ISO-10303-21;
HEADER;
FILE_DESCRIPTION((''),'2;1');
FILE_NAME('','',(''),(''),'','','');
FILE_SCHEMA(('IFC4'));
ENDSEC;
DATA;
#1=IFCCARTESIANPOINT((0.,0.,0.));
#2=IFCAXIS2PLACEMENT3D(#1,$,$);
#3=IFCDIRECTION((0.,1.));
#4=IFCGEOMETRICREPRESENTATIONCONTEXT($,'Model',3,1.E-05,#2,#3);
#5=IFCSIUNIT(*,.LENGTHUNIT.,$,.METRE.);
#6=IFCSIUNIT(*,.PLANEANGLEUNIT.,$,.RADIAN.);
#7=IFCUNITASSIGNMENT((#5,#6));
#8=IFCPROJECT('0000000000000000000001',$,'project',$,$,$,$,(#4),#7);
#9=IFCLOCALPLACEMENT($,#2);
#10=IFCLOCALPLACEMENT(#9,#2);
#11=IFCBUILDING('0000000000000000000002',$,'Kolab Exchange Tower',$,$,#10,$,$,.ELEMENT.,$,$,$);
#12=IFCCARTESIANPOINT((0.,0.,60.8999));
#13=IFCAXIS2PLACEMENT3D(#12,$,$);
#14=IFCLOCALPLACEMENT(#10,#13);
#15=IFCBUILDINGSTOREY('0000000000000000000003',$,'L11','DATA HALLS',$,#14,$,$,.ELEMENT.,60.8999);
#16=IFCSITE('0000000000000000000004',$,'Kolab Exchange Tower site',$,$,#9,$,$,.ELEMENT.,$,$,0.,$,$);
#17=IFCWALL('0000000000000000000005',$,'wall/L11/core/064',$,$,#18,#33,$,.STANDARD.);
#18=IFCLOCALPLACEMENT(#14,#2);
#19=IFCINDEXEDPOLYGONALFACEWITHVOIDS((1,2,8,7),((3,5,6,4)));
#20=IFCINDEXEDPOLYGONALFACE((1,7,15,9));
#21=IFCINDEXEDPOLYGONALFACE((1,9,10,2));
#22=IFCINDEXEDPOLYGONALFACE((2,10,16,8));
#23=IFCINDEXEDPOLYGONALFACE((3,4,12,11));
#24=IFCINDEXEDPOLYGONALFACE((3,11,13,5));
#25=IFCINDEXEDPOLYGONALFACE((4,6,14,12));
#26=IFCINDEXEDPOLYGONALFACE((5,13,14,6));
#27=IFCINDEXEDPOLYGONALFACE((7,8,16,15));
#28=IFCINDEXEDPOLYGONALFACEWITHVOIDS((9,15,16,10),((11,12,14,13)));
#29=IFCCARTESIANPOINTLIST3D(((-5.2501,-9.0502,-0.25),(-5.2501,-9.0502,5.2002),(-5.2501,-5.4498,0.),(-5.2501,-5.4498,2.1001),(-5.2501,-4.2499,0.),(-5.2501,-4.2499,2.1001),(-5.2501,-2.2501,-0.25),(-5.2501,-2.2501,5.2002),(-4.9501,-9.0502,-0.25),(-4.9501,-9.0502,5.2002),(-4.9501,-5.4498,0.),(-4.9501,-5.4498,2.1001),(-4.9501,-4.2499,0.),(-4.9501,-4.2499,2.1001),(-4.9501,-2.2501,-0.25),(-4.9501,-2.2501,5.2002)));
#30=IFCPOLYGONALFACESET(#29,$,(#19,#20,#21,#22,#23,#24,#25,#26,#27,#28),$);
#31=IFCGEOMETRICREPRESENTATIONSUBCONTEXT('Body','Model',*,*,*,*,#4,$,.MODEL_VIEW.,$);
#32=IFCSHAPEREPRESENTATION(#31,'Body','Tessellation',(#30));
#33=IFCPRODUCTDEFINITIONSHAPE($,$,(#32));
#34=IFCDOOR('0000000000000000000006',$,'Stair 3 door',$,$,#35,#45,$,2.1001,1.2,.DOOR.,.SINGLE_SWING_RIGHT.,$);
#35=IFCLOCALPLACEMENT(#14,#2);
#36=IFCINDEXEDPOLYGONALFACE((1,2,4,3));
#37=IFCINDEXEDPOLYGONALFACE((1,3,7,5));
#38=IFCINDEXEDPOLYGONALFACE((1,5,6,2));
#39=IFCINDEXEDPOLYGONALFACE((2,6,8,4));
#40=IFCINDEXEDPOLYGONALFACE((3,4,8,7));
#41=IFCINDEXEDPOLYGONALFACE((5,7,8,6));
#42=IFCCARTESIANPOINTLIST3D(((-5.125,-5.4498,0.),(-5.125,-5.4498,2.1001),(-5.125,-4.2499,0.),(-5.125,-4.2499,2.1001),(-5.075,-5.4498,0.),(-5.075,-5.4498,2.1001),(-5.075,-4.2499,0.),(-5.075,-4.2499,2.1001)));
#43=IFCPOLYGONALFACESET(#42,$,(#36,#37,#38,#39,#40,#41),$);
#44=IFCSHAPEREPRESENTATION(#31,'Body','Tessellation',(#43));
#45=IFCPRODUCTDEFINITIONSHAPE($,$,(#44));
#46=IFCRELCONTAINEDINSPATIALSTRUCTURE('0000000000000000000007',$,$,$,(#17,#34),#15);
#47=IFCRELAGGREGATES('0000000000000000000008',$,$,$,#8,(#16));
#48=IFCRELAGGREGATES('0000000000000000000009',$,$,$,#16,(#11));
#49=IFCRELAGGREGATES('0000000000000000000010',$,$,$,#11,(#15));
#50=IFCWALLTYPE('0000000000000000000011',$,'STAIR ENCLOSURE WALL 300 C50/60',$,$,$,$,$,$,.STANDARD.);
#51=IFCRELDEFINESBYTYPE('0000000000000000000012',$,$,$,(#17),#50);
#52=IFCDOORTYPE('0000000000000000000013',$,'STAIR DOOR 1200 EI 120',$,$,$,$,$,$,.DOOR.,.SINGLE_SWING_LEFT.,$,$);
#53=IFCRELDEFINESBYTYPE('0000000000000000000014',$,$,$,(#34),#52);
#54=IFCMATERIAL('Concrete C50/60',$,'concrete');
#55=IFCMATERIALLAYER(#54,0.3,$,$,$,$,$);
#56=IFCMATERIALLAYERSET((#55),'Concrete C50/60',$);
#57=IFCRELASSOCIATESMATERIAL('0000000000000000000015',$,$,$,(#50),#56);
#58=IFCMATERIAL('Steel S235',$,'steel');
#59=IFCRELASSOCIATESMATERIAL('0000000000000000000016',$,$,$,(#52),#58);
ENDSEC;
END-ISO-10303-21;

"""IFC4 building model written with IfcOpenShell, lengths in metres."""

from ifc_helpers import new_model, si_unit, direction, frame, frame_2d, origin, place, context, subcontext, project, spatial, rectangle, extrude, material, layer, layer_set, type_object, element, fill, save


model = new_model("IFC4")

# Units and contexts
model_context = context("Model", 3, precision=1e-05, world=origin(), true_north=direction((0.0, 1.0)))
body_context = subcontext(model_context, "Body", "Model", "MODEL_VIEW")
ifc_project = project(units=[si_unit("LENGTHUNIT", "METRE"), si_unit("PLANEANGLEUNIT", "RADIAN")], contexts=[model_context])

# Site, building, storey
site_placement = place(None, origin())
site = spatial("IfcSite", under=ifc_project, at=site_placement, Name="Kolab Exchange Tower site", CompositionType="ELEMENT", RefElevation=0.0)
building_placement = place(site_placement, origin())
building = spatial("IfcBuilding", under=site, at=building_placement, Name="Kolab Exchange Tower", CompositionType="ELEMENT")
storey_placement = place(building_placement, frame((0.0, 0.0, 60.8999)))
storey = spatial("IfcBuildingStorey", under=building, at=storey_placement, Name="L11", Description="DATA HALLS", CompositionType="ELEMENT", Elevation=60.8999)

# Shared definitions
ifc_material_1 = material(Name="Steel S235", Category="steel")

# Shared definitions
ifc_material_2 = material(Name="Concrete C50/60", Category="concrete")
ifc_layer_1 = layer(ifc_material_2, 0.3)
ifc_layer_set_1 = layer_set([ifc_layer_1], Name="Concrete C50/60")
wall_type_1 = type_object("IfcWallType", Name="STAIR ENCLOSURE WALL 300 C50/60", PredefinedType="STANDARD", material=ifc_layer_set_1)

# Wall, opening, door
wall_1_placement = place(storey_placement, frame((-5.1001, -9.05, -0.25), z_axis=(0.0, 0.0, 1.0), x_axis=(0.0, 1.0, 0.0)))
wall_1 = element("IfcWall", 1, at=wall_1_placement, inside=storey, type_object=wall_type_1, Name="wall/L11/core/064", PredefinedType="STANDARD", context=body_context, shape_type="SweptSolid", body=[
    extrude(rectangle(XDim=6.8, YDim=0.3, at=frame_2d((3.3999, 0.0))), origin(), (0.0, 0.0, 1.0), 5.4502),
])
opening_1_placement = place(wall_1_placement, frame((3.6001, 0.0, 0.25)))
opening_1 = element("IfcOpeningElement", 2, at=opening_1_placement, cuts=wall_1, PredefinedType="OPENING", context=body_context, shape_type="SweptSolid", body=[
    extrude(rectangle(XDim=1.2, YDim=2.1001, at=frame_2d((0.6001, 1.05))), frame((0.0, 0.1602, 0.0), z_axis=(0.0, -1.0, 0.0), x_axis=(1.0, 0.0, 0.0)), (0.0, 0.0, 1.0), 0.3201),
])
door_type_1 = type_object("IfcDoorType", Name="STAIR DOOR 1200 EI 120", OperationType="SINGLE_SWING_LEFT", PredefinedType="DOOR", material=ifc_material_1)
door_1_placement = place(opening_1_placement, origin())
door_1 = element("IfcDoor", 3, at=door_1_placement, inside=storey, type_object=door_type_1, Name="Stair 3 door", OperationType="SINGLE_SWING_RIGHT", OverallHeight=2.1001, OverallWidth=1.2, PredefinedType="DOOR", context=body_context, shape_type="SweptSolid", body=[
    extrude(rectangle(XDim=1.2, YDim=2.1001, at=frame_2d((0.6001, 1.05))), frame((0.0, 0.0249, 0.0), z_axis=(0.0, -1.0, 0.0), x_axis=(1.0, 0.0, 0.0)), (0.0, 0.0, 1.0), 0.05),
])
fill(opening_1, door_1)

save(model, "model.ifc")
